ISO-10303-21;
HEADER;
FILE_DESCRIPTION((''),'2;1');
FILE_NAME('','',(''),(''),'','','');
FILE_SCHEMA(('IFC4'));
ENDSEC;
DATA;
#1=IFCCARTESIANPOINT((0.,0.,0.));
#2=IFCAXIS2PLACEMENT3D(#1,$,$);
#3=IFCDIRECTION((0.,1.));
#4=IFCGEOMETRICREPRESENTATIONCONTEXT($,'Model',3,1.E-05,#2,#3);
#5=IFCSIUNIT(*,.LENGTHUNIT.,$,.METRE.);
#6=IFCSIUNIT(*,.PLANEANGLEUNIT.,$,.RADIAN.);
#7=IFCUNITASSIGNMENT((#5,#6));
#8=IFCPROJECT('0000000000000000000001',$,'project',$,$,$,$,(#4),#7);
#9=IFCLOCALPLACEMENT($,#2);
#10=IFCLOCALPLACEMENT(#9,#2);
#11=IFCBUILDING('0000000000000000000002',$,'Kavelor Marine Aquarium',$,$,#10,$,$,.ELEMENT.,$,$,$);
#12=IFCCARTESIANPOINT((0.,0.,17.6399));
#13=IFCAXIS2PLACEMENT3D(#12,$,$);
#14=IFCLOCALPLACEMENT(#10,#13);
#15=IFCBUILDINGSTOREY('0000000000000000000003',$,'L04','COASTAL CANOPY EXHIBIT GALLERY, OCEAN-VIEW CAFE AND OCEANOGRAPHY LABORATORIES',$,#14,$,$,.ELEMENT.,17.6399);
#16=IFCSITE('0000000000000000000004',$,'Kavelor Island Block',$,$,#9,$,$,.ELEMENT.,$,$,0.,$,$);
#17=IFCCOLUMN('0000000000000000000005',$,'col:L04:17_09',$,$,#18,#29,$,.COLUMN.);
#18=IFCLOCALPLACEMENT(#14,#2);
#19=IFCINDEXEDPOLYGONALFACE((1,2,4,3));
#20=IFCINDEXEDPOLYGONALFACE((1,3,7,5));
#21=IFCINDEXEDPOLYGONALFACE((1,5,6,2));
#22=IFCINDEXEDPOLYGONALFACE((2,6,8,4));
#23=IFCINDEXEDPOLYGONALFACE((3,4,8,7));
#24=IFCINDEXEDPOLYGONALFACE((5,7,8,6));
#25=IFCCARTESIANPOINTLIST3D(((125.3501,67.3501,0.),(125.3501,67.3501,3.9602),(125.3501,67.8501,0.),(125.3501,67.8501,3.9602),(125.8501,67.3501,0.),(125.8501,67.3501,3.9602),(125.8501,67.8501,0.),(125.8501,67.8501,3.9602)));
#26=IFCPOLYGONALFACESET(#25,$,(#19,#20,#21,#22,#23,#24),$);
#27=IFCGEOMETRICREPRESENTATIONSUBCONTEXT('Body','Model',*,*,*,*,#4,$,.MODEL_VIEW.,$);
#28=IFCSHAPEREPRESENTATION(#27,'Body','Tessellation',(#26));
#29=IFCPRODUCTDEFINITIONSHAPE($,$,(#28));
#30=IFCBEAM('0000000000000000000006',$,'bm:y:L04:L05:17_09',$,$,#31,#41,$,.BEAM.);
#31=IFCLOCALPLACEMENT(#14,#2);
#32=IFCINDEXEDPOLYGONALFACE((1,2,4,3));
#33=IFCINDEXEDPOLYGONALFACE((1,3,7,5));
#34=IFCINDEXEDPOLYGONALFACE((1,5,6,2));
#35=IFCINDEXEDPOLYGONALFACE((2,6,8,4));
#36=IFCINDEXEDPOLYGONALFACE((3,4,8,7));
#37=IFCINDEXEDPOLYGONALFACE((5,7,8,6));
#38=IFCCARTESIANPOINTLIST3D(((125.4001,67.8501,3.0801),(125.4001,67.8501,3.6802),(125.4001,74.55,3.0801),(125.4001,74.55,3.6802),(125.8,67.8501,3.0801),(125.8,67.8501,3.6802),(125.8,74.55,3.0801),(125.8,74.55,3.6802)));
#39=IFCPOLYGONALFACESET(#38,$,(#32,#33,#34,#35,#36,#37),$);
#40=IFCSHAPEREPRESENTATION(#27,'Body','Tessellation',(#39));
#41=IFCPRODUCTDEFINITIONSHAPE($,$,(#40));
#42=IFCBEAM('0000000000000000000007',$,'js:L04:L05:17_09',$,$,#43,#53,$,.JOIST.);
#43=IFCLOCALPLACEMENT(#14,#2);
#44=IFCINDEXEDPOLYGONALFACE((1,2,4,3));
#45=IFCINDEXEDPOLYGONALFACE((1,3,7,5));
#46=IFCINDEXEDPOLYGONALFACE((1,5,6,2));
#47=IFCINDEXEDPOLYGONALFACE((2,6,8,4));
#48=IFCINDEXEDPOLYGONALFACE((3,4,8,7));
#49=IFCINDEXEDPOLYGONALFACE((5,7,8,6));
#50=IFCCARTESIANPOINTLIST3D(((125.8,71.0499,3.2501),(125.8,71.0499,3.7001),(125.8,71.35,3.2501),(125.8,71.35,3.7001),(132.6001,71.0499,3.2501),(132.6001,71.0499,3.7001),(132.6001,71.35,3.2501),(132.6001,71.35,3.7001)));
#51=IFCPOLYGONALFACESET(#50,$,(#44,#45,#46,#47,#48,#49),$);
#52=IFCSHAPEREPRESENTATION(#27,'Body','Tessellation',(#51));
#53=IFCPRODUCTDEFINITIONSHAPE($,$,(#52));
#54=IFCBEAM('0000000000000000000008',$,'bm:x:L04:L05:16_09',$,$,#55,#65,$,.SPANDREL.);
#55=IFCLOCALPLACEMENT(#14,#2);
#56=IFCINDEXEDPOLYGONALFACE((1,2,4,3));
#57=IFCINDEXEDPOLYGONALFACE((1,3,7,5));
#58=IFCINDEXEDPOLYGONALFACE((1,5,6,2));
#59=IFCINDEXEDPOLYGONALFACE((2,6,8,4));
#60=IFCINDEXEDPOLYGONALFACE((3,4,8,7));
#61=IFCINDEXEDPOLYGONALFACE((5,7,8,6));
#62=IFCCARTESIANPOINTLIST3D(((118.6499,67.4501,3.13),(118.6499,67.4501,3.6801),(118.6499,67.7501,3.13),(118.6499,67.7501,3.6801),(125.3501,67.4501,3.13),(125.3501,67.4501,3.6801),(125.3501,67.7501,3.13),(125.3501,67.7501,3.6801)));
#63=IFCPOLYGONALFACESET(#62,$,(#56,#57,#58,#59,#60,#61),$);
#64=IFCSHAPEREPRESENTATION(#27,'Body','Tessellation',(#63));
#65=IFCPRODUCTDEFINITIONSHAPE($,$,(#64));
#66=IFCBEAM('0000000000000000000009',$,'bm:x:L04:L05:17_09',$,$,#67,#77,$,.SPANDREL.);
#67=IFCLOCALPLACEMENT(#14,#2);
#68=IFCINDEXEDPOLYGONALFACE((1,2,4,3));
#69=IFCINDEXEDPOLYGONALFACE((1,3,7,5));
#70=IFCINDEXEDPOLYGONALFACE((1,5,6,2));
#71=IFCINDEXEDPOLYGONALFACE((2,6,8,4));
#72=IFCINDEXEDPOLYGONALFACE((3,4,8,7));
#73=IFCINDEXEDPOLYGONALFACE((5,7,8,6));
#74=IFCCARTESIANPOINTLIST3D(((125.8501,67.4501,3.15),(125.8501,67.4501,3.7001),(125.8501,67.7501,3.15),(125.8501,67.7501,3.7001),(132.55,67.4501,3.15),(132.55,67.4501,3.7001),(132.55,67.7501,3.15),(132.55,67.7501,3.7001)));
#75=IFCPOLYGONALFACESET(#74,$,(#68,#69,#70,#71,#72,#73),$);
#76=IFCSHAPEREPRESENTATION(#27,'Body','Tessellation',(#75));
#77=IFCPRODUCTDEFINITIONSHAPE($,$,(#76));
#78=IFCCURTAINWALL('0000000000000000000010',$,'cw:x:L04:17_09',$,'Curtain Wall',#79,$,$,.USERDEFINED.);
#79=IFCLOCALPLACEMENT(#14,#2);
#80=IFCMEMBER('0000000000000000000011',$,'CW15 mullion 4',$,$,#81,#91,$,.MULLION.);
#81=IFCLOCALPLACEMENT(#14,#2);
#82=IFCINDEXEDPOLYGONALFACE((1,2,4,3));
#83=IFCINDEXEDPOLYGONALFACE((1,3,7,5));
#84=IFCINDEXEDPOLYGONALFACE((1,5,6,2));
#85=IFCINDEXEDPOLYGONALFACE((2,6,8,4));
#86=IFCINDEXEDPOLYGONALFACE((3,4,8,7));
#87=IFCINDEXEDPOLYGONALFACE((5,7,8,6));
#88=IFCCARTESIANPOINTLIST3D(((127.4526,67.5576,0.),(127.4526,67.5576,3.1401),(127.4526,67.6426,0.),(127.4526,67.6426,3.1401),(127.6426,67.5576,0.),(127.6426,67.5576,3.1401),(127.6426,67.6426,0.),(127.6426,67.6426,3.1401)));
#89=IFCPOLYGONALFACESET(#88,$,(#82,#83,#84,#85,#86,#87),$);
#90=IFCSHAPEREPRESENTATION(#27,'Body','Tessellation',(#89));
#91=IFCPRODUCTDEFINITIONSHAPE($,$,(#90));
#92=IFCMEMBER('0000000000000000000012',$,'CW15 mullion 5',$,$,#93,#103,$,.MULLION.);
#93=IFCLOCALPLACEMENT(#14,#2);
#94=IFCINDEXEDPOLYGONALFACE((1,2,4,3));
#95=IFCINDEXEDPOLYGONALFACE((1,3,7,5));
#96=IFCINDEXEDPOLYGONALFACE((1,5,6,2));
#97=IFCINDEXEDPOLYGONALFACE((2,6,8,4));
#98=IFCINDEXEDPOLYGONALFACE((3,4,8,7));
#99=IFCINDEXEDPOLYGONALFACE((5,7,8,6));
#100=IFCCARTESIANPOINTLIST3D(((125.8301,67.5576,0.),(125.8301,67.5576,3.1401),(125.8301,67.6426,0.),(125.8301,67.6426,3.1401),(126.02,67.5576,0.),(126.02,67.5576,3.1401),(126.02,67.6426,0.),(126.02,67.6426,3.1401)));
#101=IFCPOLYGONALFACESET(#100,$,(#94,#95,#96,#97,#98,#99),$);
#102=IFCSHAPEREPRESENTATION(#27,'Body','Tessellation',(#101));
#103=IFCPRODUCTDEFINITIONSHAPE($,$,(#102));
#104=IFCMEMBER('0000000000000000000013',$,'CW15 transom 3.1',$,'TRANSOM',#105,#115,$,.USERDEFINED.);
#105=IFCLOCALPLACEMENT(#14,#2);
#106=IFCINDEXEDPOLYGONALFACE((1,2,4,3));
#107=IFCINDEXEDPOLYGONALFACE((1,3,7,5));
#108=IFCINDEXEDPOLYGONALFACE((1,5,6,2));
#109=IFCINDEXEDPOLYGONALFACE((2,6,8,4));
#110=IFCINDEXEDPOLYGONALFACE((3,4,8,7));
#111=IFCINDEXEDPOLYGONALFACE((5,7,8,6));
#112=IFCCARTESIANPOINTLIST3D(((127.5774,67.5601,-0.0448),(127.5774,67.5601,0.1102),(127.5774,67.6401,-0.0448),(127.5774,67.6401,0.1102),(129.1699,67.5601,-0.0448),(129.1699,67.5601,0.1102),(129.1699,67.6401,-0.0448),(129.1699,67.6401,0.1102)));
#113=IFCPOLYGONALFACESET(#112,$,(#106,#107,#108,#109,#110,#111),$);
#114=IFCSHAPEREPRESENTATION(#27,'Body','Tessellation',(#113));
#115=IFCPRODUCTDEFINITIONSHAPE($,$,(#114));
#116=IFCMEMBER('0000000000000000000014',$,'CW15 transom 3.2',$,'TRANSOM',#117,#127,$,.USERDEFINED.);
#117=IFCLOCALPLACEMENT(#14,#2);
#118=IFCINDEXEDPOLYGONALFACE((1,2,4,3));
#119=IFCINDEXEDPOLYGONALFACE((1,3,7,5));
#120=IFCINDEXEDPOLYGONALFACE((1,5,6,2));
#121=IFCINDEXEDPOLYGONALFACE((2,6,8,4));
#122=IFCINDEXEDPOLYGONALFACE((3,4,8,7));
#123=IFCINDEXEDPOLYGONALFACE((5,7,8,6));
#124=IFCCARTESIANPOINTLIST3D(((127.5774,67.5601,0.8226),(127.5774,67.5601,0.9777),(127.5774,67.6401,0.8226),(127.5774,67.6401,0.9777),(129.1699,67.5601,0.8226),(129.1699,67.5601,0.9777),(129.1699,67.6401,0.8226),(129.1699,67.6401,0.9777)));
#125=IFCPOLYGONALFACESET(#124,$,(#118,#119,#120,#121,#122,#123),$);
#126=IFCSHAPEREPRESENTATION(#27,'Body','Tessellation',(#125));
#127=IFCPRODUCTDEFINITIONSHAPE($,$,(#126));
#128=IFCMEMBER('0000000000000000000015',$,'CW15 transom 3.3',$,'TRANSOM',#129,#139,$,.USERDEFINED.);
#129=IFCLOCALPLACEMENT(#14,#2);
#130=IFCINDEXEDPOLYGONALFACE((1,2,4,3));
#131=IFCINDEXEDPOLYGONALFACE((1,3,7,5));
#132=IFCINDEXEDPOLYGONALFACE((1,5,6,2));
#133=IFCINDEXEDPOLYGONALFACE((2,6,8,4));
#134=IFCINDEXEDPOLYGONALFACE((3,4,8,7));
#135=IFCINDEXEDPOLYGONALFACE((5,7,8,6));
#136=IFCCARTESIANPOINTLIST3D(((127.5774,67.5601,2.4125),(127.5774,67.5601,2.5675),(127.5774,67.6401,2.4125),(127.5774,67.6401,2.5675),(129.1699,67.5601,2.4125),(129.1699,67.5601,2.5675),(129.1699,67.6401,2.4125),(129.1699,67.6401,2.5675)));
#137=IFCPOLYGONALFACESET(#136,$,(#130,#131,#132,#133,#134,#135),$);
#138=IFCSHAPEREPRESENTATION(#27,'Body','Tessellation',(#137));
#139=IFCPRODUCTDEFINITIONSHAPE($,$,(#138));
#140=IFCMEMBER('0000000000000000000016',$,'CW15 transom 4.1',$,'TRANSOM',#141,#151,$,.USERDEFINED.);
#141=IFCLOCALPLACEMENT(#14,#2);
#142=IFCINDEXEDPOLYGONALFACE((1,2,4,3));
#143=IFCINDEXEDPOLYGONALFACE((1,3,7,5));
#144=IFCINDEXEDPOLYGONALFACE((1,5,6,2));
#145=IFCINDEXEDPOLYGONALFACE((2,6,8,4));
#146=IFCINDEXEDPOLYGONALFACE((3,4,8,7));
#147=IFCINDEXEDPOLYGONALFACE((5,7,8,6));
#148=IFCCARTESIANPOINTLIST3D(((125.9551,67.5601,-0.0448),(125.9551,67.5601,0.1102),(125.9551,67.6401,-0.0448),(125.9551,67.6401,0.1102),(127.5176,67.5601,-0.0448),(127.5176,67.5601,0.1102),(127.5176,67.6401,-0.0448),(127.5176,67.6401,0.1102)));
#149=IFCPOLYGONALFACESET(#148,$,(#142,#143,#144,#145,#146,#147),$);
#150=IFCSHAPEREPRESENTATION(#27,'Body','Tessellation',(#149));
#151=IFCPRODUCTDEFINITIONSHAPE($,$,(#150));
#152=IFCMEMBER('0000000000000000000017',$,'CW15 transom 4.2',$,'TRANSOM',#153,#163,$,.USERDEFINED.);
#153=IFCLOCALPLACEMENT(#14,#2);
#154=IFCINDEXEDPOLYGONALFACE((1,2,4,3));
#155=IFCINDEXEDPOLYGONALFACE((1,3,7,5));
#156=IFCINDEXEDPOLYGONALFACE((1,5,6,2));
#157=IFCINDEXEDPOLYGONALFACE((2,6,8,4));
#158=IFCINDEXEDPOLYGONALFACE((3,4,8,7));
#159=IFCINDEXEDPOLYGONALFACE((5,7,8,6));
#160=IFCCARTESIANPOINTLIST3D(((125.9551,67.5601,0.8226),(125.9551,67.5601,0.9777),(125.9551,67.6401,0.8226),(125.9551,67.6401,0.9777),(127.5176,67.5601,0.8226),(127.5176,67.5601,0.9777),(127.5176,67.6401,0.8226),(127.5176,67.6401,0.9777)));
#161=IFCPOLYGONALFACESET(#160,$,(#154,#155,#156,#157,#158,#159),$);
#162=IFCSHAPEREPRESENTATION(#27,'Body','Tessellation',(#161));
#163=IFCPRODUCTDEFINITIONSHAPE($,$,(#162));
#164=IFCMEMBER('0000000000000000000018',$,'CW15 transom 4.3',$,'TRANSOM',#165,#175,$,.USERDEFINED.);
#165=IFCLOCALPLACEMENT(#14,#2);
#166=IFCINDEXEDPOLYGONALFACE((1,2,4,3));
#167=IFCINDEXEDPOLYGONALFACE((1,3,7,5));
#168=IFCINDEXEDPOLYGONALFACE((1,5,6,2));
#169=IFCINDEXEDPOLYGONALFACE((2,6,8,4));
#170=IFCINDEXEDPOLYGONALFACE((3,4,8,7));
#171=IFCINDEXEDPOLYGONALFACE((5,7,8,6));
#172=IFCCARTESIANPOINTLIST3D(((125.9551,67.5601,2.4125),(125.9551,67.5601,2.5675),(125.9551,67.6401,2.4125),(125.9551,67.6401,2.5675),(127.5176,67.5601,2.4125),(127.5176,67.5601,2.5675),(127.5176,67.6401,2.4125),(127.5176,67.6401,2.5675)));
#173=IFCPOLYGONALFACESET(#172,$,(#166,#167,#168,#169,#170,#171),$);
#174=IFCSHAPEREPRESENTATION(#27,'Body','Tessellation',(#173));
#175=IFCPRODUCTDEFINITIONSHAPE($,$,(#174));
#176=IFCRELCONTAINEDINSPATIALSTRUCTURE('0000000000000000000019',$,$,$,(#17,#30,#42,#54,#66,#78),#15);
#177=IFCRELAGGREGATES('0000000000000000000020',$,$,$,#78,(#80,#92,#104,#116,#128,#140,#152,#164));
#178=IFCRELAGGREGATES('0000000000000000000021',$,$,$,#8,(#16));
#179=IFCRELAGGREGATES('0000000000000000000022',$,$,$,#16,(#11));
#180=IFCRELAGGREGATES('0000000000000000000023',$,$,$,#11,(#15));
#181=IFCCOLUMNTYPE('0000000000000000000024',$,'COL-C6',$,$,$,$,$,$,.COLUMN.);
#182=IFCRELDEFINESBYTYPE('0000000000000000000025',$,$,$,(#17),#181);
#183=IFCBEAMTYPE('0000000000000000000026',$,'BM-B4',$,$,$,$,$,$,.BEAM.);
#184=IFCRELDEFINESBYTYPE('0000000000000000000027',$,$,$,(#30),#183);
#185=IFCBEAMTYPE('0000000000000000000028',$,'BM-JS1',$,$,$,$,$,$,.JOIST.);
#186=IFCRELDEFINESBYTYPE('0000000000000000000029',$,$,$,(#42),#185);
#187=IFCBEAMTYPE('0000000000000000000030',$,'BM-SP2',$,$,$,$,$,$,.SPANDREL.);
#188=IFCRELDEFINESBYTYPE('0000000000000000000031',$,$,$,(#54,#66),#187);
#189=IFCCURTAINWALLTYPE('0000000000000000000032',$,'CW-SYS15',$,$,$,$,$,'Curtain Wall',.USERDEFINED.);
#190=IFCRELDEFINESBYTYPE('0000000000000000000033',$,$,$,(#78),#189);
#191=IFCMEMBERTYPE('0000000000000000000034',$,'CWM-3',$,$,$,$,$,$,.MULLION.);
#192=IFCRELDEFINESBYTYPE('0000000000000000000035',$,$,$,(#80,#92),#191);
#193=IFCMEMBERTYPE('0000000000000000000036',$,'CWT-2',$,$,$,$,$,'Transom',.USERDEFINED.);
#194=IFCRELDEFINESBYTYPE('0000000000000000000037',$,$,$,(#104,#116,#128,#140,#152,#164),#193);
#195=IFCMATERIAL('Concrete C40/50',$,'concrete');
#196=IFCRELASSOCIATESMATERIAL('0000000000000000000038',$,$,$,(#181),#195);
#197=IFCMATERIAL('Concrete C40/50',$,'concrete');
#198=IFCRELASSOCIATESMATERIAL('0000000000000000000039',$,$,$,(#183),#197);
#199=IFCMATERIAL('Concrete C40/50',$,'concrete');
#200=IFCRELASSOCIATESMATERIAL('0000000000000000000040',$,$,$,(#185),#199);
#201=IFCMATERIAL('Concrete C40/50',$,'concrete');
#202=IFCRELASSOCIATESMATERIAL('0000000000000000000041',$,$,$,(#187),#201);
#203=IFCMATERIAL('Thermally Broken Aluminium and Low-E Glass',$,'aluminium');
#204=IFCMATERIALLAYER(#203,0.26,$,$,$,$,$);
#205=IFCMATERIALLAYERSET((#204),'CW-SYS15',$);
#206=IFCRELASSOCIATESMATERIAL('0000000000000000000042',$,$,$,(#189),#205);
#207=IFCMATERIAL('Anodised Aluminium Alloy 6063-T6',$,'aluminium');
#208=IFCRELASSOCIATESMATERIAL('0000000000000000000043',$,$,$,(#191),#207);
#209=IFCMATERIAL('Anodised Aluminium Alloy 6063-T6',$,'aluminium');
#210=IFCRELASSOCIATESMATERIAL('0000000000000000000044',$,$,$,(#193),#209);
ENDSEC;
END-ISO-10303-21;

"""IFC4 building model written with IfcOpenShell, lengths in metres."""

from ifc_helpers import new_model, si_unit, direction, frame, origin, origin_2d, place, context, subcontext, project, spatial, rectangle, extrude, material, layer, layer_set, material_profile, profile_set, type_object, element, aggregate, save


model = new_model("IFC4")

# Units and contexts
model_context = context("Model", 3, precision=1e-05, world=origin(), true_north=direction((0.0, 1.0)))
body_context = subcontext(model_context, "Body", "Model", "MODEL_VIEW")
ifc_project = project(units=[si_unit("LENGTHUNIT", "METRE"), si_unit("PLANEANGLEUNIT", "RADIAN")], contexts=[model_context])

# Site, building, storey
site_placement = place(None, origin())
site = spatial("IfcSite", under=ifc_project, at=site_placement, Name="Kavelor Island Block", CompositionType="ELEMENT", RefElevation=0.0)
building_placement = place(site_placement, origin())
building = spatial("IfcBuilding", under=site, at=building_placement, Name="Kavelor Marine Aquarium", CompositionType="ELEMENT")
storey_placement = place(building_placement, frame((0.0, 0.0, 17.6399)))
storey = spatial("IfcBuildingStorey", under=building, at=storey_placement, Name="L04", Description="COASTAL CANOPY EXHIBIT GALLERY, OCEAN-VIEW CAFE AND OCEANOGRAPHY LABORATORIES", CompositionType="ELEMENT", Elevation=17.6399)

# Column
ifc_material_1 = material(Name="Concrete C40/50", Category="concrete")
ifc_material_profile_1 = material_profile(ifc_material_1, rectangle(XDim=0.5, YDim=0.5, at=origin_2d()), Name="RC-COL 500x500")
ifc_profile_set_1 = profile_set([ifc_material_profile_1], Name="Concrete C40/50")
column_type = type_object("IfcColumnType", Name="COL-C6", PredefinedType="COLUMN", material=ifc_profile_set_1)
column_placement = place(storey_placement, frame((125.6001, 67.6001, 0.0), z_axis=(0.0, 0.0, 1.0), x_axis=(1.0, 0.0, 0.0)))
element("IfcColumn", 1, at=column_placement, inside=storey, type_object=column_type, Name="col:L04:17_09", PredefinedType="COLUMN", context=body_context, shape_type="SweptSolid", body=[
    extrude(rectangle(XDim=0.5, YDim=0.5, at=origin_2d()), origin(), (0.0, 0.0, 1.0), 3.9602),
])

# Beams
ifc_material_2 = material(Name="Concrete C40/50", Category="concrete")
ifc_material_profile_2 = material_profile(ifc_material_2, rectangle(XDim=0.3999, YDim=0.6001, at=origin_2d()), Name="RC-BM 400x600")
ifc_profile_set_2 = profile_set([ifc_material_profile_2], Name="Concrete C40/50")
beam_type_1 = type_object("IfcBeamType", Name="BM-B4", PredefinedType="BEAM", material=ifc_profile_set_2)
beam_1_placement = place(storey_placement, frame((125.6001, 67.8501, 3.3801), z_axis=(0.0, 1.0, 0.0), x_axis=(-1.0, 0.0, 0.0)))
element("IfcBeam", 2, at=beam_1_placement, inside=storey, type_object=beam_type_1, Name="bm:y:L04:L05:17_09", PredefinedType="BEAM", context=body_context, shape_type="SweptSolid", body=[
    extrude(rectangle(XDim=0.3999, YDim=0.6001, at=origin_2d()), origin(), (0.0, 0.0, 1.0), 6.7),
])
ifc_material_3 = material(Name="Concrete C40/50", Category="concrete")
ifc_material_profile_3 = material_profile(ifc_material_3, rectangle(XDim=0.3, YDim=0.45, at=origin_2d()), Name="RC-JS 300x450")
ifc_profile_set_3 = profile_set([ifc_material_profile_3], Name="Concrete C40/50")
beam_type_2 = type_object("IfcBeamType", Name="BM-JS1", PredefinedType="JOIST", material=ifc_profile_set_3)
beam_2_placement = place(storey_placement, frame((125.8, 71.2, 3.4751), z_axis=(1.0, 0.0, 0.0), x_axis=(0.0, 1.0, 0.0)))
element("IfcBeam", 3, at=beam_2_placement, inside=storey, type_object=beam_type_2, Name="js:L04:L05:17_09", PredefinedType="JOIST", context=body_context, shape_type="SweptSolid", body=[
    extrude(rectangle(XDim=0.3, YDim=0.45, at=origin_2d()), origin(), (0.0, 0.0, 1.0), 6.8),
])
ifc_material_4 = material(Name="Concrete C40/50", Category="concrete")
ifc_material_profile_4 = material_profile(ifc_material_4, rectangle(XDim=0.3, YDim=0.55, at=origin_2d()), Name="RC-SP 300x550")
ifc_profile_set_4 = profile_set([ifc_material_profile_4], Name="Concrete C40/50")
beam_type_3 = type_object("IfcBeamType", Name="BM-SP2", PredefinedType="SPANDREL", material=ifc_profile_set_4)
beam_3_placement = place(storey_placement, frame((118.6499, 67.6001, 3.405), z_axis=(1.0, 0.0, 0.0), x_axis=(0.0, 1.0, 0.0)))
element("IfcBeam", 4, at=beam_3_placement, inside=storey, type_object=beam_type_3, Name="bm:x:L04:L05:16_09", PredefinedType="SPANDREL", context=body_context, shape_type="SweptSolid", body=[
    extrude(rectangle(XDim=0.3, YDim=0.55, at=origin_2d()), origin(), (0.0, 0.0, 1.0), 6.7002),
])
beam_4_placement = place(storey_placement, frame((125.8501, 67.6001, 3.425), z_axis=(1.0, 0.0, 0.0), x_axis=(0.0, 1.0, 0.0)))
element("IfcBeam", 5, at=beam_4_placement, inside=storey, type_object=beam_type_3, Name="bm:x:L04:L05:17_09", PredefinedType="SPANDREL", context=body_context, shape_type="SweptSolid", body=[
    extrude(rectangle(XDim=0.3, YDim=0.55, at=origin_2d()), origin(), (0.0, 0.0, 1.0), 6.7),
])

# Curtain wall, members
ifc_material_5 = material(Name="Thermally Broken Aluminium and Low-E Glass", Category="aluminium")
ifc_layer_1 = layer(ifc_material_5, 0.26)
ifc_layer_set_1 = layer_set([ifc_layer_1], Name="CW-SYS15")
curtain_wall_type = type_object("IfcCurtainWallType", Name="CW-SYS15", ElementType="Curtain Wall", PredefinedType="USERDEFINED", material=ifc_layer_set_1)
curtain_wall_placement = place(storey_placement, origin())
curtain_wall = element("IfcCurtainWall", 6, at=curtain_wall_placement, inside=storey, type_object=curtain_wall_type, Name="cw:x:L04:17_09", ObjectType="Curtain Wall", PredefinedType="USERDEFINED")
ifc_material_6 = material(Name="Anodised Aluminium Alloy 6063-T6", Category="aluminium")
ifc_material_profile_5 = material_profile(ifc_material_6, rectangle(XDim=0.085, YDim=0.1899, at=origin_2d()), Name="CW-MUL 85x190")
ifc_profile_set_5 = profile_set([ifc_material_profile_5], Name="Anodised Aluminium Alloy 6063-T6")
member_type_1 = type_object("IfcMemberType", Name="CWM-3", PredefinedType="MULLION", material=ifc_profile_set_5)
member_1_placement = place(storey_placement, frame((127.5476, 67.6001, 0.0), z_axis=(0.0, 0.0, 1.0), x_axis=(0.0, -1.0, 0.0)))
member_1 = element("IfcMember", 7, at=member_1_placement, type_object=member_type_1, Name="CW15 mullion 4", PredefinedType="MULLION", context=body_context, shape_type="SweptSolid", body=[
    extrude(rectangle(XDim=0.085, YDim=0.1899, at=origin_2d()), origin(), (0.0, 0.0, 1.0), 3.1401),
])
member_2_placement = place(storey_placement, frame((125.925, 67.6001, 0.0), z_axis=(0.0, 0.0, 1.0), x_axis=(0.0, -1.0, 0.0)))
member_2 = element("IfcMember", 8, at=member_2_placement, type_object=member_type_1, Name="CW15 mullion 5", PredefinedType="MULLION", context=body_context, shape_type="SweptSolid", body=[
    extrude(rectangle(XDim=0.085, YDim=0.1899, at=origin_2d()), origin(), (0.0, 0.0, 1.0), 3.1401),
])
ifc_material_7 = material(Name="Anodised Aluminium Alloy 6063-T6", Category="aluminium")
ifc_material_profile_6 = material_profile(ifc_material_7, rectangle(XDim=0.0801, YDim=0.155, at=origin_2d()), Name="CW-TRN 80x155")
ifc_profile_set_6 = profile_set([ifc_material_profile_6], Name="Anodised Aluminium Alloy 6063-T6")
member_type_2 = type_object("IfcMemberType", Name="CWT-2", ElementType="Transom", PredefinedType="USERDEFINED", material=ifc_profile_set_6)
member_3_placement = place(storey_placement, frame((129.1699, 67.6001, 0.0327), z_axis=(-1.0, 0.0, 0.0), x_axis=(0.0, -1.0, 0.0)))
member_3 = element("IfcMember", 9, at=member_3_placement, type_object=member_type_2, Name="CW15 transom 3.1", ObjectType="TRANSOM", PredefinedType="USERDEFINED", context=body_context, shape_type="SweptSolid", body=[
    extrude(rectangle(XDim=0.0801, YDim=0.155, at=origin_2d()), origin(), (0.0, 0.0, 1.0), 1.5925),
])
member_4_placement = place(storey_placement, frame((129.1699, 67.6001, 0.9001), z_axis=(-1.0, 0.0, 0.0), x_axis=(0.0, -1.0, 0.0)))
member_4 = element("IfcMember", 10, at=member_4_placement, type_object=member_type_2, Name="CW15 transom 3.2", ObjectType="TRANSOM", PredefinedType="USERDEFINED", context=body_context, shape_type="SweptSolid", body=[
    extrude(rectangle(XDim=0.0801, YDim=0.155, at=origin_2d()), origin(), (0.0, 0.0, 1.0), 1.5925),
])
member_5_placement = place(storey_placement, frame((129.1699, 67.6001, 2.49), z_axis=(-1.0, 0.0, 0.0), x_axis=(0.0, -1.0, 0.0)))
member_5 = element("IfcMember", 11, at=member_5_placement, type_object=member_type_2, Name="CW15 transom 3.3", ObjectType="TRANSOM", PredefinedType="USERDEFINED", context=body_context, shape_type="SweptSolid", body=[
    extrude(rectangle(XDim=0.0801, YDim=0.155, at=origin_2d()), origin(), (0.0, 0.0, 1.0), 1.5925),
])
member_6_placement = place(storey_placement, frame((127.5176, 67.6001, 0.0327), z_axis=(-1.0, 0.0, 0.0), x_axis=(0.0, -1.0, 0.0)))
member_6 = element("IfcMember", 12, at=member_6_placement, type_object=member_type_2, Name="CW15 transom 4.1", ObjectType="TRANSOM", PredefinedType="USERDEFINED", context=body_context, shape_type="SweptSolid", body=[
    extrude(rectangle(XDim=0.0801, YDim=0.155, at=origin_2d()), origin(), (0.0, 0.0, 1.0), 1.5625),
])
member_7_placement = place(storey_placement, frame((127.5176, 67.6001, 0.9001), z_axis=(-1.0, 0.0, 0.0), x_axis=(0.0, -1.0, 0.0)))
member_7 = element("IfcMember", 13, at=member_7_placement, type_object=member_type_2, Name="CW15 transom 4.2", ObjectType="TRANSOM", PredefinedType="USERDEFINED", context=body_context, shape_type="SweptSolid", body=[
    extrude(rectangle(XDim=0.0801, YDim=0.155, at=origin_2d()), origin(), (0.0, 0.0, 1.0), 1.5625),
])
member_8_placement = place(storey_placement, frame((127.5176, 67.6001, 2.49), z_axis=(-1.0, 0.0, 0.0), x_axis=(0.0, -1.0, 0.0)))
member_8 = element("IfcMember", 14, at=member_8_placement, type_object=member_type_2, Name="CW15 transom 4.3", ObjectType="TRANSOM", PredefinedType="USERDEFINED", context=body_context, shape_type="SweptSolid", body=[
    extrude(rectangle(XDim=0.0801, YDim=0.155, at=origin_2d()), origin(), (0.0, 0.0, 1.0), 1.5625),
])
aggregate(curtain_wall, [member_1, member_2, member_3, member_4, member_5, member_6, member_7, member_8])

save(model, "model.ifc")
